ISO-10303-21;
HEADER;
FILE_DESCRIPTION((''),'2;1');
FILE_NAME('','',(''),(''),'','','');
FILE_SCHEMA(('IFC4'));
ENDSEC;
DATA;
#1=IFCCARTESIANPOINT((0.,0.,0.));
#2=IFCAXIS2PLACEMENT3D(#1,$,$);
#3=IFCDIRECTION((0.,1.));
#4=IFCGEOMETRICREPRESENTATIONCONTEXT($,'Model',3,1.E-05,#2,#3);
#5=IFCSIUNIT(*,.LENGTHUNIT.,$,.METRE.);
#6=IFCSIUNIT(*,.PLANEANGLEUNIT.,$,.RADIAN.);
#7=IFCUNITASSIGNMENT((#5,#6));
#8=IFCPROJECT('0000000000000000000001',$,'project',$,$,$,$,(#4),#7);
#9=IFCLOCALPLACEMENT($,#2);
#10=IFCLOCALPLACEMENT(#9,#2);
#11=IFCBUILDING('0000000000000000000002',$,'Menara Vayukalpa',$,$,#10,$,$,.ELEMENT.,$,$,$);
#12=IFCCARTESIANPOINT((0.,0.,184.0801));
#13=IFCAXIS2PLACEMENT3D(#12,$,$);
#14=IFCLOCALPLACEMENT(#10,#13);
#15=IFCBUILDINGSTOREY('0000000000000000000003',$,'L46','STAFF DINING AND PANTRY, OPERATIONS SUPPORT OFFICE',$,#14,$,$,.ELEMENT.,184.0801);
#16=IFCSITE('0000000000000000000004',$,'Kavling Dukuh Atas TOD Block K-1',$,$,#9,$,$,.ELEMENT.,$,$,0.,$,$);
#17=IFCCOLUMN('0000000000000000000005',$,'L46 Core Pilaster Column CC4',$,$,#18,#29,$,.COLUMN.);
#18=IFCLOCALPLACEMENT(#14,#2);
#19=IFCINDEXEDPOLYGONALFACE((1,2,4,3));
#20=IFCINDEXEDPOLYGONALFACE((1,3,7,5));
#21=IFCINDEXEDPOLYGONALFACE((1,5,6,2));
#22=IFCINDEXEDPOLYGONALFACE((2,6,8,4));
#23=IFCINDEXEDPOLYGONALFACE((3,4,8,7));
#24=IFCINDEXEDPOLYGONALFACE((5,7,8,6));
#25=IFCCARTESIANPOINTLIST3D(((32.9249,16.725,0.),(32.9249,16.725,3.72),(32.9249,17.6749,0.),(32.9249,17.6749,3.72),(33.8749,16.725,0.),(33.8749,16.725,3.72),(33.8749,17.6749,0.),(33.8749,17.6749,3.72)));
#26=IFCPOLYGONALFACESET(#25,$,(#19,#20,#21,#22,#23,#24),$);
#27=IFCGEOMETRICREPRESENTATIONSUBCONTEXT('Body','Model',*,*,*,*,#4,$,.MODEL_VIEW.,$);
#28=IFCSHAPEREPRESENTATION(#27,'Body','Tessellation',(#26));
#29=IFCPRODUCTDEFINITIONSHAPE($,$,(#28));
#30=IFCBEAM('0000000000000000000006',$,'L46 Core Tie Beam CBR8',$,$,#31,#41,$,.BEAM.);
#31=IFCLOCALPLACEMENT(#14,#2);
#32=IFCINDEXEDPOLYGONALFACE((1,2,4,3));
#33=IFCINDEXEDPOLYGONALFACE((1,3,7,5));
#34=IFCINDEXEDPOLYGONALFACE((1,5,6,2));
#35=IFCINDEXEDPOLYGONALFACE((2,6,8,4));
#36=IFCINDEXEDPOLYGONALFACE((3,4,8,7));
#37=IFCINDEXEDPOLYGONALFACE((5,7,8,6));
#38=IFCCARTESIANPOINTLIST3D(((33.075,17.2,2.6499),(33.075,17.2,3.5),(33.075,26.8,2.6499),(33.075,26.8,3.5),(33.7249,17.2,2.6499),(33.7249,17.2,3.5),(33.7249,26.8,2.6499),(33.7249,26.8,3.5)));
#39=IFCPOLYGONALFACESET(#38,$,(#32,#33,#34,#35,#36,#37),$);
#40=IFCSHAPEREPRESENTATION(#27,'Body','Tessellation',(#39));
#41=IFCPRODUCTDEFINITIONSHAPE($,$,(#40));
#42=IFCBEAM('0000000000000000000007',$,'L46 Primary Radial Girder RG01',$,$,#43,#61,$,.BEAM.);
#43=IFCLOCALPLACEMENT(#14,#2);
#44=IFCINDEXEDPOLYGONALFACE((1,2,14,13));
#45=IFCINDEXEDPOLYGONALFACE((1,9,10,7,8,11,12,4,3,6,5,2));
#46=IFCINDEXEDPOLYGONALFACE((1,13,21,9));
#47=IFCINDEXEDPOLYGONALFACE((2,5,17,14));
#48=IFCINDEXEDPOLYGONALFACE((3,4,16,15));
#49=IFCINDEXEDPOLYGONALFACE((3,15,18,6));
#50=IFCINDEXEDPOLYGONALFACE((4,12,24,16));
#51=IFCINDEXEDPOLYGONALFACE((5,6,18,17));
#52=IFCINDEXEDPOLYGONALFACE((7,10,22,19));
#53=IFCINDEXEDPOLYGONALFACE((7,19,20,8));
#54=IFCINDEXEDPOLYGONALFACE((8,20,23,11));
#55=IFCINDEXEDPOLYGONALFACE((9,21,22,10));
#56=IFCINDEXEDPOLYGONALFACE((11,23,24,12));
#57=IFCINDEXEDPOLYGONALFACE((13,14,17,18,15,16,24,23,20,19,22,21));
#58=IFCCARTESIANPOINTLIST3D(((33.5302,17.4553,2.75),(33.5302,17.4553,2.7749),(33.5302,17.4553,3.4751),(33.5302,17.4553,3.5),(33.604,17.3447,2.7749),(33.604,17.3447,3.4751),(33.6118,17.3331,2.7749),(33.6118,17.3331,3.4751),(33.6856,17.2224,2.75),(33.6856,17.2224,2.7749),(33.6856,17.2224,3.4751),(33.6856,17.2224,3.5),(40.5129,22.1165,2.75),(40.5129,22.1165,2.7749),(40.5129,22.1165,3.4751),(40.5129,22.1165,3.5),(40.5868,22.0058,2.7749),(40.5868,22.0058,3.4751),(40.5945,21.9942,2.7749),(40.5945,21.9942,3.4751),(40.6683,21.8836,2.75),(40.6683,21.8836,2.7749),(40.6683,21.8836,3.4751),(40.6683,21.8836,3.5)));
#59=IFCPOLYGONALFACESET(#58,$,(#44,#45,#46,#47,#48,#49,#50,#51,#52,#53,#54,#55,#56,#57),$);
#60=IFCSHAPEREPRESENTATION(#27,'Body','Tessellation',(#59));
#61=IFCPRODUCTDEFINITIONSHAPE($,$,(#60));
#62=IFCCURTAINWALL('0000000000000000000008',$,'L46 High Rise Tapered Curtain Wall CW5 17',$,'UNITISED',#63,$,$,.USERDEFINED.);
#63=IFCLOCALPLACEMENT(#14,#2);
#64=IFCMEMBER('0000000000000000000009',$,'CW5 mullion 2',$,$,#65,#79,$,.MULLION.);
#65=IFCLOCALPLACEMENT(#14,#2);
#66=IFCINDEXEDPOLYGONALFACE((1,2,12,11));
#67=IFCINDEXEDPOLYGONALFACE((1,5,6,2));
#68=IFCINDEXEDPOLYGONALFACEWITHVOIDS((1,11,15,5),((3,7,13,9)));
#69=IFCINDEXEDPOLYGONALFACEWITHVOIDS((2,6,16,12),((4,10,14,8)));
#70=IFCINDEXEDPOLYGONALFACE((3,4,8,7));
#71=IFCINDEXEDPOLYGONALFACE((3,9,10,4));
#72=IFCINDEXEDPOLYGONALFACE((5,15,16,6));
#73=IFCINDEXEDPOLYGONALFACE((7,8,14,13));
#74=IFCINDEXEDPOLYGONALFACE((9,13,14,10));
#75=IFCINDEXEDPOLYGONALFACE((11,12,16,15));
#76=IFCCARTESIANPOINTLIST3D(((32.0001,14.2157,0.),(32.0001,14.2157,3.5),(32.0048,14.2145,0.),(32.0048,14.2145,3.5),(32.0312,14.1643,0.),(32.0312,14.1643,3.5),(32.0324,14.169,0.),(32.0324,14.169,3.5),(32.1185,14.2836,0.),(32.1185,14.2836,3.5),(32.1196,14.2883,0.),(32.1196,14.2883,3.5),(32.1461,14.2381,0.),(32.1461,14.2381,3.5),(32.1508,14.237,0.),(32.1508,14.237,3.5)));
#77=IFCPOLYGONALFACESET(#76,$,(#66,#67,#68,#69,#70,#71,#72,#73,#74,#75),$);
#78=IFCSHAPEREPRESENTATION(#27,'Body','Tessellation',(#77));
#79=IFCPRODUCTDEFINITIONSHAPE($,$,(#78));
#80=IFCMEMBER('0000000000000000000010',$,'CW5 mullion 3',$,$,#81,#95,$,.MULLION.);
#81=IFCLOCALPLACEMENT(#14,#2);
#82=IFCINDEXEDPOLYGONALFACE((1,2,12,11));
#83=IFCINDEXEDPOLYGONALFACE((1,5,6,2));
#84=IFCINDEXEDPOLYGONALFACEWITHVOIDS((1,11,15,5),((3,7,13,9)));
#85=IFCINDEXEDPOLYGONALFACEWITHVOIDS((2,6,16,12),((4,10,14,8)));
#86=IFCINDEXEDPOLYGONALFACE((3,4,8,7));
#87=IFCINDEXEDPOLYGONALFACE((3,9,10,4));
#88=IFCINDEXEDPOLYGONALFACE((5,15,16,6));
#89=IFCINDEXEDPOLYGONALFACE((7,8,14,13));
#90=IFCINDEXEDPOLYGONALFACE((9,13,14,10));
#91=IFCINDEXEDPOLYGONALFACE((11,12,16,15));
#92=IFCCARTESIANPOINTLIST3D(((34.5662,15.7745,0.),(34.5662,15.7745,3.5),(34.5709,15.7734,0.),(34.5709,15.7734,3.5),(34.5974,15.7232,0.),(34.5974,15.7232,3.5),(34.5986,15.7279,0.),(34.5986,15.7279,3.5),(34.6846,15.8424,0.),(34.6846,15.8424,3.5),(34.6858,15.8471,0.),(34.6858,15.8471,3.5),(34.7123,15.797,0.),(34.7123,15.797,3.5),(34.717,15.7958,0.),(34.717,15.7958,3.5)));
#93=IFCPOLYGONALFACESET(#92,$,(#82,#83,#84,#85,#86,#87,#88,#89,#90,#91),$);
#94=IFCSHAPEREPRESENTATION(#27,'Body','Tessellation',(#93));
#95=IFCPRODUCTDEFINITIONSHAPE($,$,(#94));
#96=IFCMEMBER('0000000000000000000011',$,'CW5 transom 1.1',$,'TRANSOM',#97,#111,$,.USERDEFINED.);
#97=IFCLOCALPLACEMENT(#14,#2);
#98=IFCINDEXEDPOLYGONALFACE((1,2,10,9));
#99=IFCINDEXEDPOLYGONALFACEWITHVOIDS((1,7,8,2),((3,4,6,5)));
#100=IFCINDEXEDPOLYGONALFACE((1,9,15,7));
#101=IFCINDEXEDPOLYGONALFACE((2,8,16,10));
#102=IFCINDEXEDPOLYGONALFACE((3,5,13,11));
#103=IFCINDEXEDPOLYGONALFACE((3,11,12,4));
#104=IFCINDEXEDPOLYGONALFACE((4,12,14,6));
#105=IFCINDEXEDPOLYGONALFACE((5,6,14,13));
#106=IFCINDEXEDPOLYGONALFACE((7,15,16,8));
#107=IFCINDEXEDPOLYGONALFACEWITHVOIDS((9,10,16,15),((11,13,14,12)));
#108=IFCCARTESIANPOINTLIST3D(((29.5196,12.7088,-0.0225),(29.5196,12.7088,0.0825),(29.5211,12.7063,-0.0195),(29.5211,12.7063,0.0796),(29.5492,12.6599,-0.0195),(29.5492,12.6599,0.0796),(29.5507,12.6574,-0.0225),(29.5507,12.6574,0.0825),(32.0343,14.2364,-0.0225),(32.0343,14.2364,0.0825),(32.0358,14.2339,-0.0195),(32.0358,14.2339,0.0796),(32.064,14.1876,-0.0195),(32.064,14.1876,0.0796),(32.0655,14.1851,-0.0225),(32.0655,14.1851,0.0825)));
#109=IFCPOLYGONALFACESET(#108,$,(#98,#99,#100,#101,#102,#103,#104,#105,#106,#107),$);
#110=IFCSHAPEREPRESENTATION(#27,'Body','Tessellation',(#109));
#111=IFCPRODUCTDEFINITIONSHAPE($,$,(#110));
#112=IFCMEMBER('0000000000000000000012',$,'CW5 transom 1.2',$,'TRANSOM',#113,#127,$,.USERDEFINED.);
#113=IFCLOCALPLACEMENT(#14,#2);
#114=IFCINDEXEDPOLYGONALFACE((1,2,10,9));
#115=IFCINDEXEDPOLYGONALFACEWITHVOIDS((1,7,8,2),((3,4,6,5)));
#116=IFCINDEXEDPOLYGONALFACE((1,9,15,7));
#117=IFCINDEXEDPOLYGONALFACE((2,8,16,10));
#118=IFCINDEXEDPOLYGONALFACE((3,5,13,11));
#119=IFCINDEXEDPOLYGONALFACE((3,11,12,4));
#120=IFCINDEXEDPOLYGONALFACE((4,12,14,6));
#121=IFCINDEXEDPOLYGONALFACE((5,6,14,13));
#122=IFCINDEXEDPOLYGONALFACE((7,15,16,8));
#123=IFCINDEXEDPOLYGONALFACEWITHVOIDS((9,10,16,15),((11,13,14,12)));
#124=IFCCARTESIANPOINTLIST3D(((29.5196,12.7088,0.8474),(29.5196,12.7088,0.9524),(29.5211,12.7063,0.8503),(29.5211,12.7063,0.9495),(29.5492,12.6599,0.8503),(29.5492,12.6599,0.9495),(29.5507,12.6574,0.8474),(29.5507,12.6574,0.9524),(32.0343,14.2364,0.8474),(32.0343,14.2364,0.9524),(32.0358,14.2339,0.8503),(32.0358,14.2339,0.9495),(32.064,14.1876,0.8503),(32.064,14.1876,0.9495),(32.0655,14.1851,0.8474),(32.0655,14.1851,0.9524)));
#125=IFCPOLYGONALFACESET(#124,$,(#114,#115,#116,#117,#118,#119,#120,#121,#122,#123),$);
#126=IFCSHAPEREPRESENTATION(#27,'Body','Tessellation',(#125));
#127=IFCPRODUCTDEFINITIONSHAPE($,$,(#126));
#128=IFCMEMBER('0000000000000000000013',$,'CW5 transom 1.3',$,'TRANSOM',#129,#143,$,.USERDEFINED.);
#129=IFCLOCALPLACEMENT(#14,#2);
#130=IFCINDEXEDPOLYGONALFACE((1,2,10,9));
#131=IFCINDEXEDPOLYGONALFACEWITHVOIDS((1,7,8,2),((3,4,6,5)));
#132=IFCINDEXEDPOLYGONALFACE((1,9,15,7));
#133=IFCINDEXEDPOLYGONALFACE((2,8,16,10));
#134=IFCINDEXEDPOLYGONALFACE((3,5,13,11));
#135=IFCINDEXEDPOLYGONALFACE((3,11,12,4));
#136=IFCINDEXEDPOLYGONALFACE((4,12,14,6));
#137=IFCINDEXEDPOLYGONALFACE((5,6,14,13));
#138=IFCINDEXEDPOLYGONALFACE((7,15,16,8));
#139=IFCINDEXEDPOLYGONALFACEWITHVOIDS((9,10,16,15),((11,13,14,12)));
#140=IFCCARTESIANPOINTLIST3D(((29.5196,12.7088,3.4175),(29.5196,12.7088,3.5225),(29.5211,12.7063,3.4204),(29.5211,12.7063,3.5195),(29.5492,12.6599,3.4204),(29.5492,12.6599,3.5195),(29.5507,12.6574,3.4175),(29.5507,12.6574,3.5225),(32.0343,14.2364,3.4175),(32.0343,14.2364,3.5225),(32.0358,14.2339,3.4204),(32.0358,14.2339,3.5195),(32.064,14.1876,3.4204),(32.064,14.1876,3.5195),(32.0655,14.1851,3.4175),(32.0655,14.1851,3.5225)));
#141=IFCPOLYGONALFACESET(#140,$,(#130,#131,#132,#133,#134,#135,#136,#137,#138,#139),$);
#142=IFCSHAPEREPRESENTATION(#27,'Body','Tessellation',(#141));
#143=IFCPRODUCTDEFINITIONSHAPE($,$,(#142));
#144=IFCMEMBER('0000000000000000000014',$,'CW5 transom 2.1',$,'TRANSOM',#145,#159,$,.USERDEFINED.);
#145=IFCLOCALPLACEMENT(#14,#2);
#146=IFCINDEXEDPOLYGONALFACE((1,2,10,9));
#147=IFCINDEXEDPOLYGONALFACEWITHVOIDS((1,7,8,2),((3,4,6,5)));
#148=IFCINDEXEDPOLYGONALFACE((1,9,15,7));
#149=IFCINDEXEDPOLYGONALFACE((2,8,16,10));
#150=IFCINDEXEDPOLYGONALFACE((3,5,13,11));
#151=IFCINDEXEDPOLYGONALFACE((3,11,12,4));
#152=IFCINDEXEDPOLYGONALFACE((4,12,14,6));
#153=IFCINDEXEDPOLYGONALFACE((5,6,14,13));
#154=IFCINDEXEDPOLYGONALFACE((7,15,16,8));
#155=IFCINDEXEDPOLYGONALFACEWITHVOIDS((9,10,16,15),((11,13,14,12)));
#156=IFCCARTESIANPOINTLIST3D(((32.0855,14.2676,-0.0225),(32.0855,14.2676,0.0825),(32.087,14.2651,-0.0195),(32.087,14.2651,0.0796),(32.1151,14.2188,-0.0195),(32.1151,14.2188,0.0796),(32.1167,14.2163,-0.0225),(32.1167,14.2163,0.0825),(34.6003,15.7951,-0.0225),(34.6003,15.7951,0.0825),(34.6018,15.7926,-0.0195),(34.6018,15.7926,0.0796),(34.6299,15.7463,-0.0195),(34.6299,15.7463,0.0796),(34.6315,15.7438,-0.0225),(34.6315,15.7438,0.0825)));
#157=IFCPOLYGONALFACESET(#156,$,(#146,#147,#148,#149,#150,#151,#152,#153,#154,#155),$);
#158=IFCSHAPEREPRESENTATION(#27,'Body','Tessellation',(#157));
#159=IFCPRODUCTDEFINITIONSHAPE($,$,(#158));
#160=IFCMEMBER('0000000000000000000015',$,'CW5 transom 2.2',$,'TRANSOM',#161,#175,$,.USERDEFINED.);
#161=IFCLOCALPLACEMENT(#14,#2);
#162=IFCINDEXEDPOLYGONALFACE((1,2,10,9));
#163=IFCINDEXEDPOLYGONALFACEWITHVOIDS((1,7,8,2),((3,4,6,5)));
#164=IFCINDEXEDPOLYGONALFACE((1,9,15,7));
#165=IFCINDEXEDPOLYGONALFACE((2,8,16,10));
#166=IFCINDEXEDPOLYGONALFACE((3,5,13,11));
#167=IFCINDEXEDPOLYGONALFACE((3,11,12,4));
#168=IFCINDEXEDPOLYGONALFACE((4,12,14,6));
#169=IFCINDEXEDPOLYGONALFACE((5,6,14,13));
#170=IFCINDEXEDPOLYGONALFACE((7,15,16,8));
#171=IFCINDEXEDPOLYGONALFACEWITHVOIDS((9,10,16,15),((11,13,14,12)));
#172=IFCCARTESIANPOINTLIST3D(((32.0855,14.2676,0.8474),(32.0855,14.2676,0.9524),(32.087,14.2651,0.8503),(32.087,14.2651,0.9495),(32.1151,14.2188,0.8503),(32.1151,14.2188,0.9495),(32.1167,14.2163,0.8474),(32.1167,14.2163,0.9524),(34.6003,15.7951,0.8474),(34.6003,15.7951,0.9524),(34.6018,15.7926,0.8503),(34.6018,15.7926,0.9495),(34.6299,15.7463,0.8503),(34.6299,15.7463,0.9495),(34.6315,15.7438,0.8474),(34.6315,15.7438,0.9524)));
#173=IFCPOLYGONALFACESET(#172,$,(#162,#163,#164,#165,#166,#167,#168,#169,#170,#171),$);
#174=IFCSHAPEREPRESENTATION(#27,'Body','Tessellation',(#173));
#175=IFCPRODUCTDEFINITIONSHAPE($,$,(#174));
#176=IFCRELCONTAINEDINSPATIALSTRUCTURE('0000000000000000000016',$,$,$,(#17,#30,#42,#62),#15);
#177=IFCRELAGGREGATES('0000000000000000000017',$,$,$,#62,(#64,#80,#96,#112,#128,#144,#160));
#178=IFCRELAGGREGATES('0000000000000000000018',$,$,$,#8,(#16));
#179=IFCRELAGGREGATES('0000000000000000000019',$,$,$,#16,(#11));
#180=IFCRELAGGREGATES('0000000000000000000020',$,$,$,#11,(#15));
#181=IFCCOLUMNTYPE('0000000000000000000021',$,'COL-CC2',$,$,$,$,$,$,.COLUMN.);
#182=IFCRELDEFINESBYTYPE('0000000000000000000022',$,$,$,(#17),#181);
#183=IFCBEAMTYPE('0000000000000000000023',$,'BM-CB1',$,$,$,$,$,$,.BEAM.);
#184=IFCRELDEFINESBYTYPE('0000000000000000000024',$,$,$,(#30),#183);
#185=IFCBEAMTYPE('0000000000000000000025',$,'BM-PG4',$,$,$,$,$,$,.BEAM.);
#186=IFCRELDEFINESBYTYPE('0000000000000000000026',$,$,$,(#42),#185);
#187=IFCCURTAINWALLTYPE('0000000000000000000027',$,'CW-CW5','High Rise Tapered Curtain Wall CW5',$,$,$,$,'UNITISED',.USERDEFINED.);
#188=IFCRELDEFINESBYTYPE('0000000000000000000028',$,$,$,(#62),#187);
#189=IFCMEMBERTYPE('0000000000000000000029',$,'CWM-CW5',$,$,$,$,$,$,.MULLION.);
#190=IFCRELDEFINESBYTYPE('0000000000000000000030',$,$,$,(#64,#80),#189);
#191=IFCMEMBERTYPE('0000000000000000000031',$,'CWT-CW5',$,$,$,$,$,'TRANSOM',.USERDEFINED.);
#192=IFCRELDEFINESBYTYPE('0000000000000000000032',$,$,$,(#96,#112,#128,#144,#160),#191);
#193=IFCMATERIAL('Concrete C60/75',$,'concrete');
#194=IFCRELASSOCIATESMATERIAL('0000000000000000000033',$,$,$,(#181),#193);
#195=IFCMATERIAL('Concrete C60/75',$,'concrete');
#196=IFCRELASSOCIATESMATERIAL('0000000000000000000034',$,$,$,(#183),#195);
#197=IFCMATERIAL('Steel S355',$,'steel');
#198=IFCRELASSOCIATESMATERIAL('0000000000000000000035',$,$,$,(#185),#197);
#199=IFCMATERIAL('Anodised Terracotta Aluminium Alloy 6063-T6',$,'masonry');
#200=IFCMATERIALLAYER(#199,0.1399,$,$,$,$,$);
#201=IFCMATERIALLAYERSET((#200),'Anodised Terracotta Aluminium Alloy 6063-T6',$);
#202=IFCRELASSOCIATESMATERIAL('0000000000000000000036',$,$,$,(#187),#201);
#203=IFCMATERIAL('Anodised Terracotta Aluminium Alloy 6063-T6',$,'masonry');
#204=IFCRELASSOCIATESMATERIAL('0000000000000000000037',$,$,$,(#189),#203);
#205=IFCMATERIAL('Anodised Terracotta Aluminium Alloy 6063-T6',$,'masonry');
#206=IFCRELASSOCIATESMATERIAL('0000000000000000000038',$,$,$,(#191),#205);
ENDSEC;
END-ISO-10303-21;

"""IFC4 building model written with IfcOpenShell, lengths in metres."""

from ifc_helpers import new_model, si_unit, direction, frame, origin, origin_2d, place, context, subcontext, project, spatial, rectangle, hollow_rectangle, i_section, extrude, material, layer, layer_set, material_profile, profile_set, type_object, element, aggregate, save


model = new_model("IFC4")

# Units and contexts
model_context = context("Model", 3, precision=1e-05, world=origin(), true_north=direction((0.0, 1.0)))
body_context = subcontext(model_context, "Body", "Model", "MODEL_VIEW")
ifc_project = project(units=[si_unit("LENGTHUNIT", "METRE"), si_unit("PLANEANGLEUNIT", "RADIAN")], contexts=[model_context])

# Site, building, storey
site_placement = place(None, origin())
site = spatial("IfcSite", under=ifc_project, at=site_placement, Name="Kavling Dukuh Atas TOD Block K-1", CompositionType="ELEMENT", RefElevation=0.0)
building_placement = place(site_placement, origin())
building = spatial("IfcBuilding", under=site, at=building_placement, Name="Menara Vayukalpa", CompositionType="ELEMENT")
storey_placement = place(building_placement, frame((0.0, 0.0, 184.0801)))
storey = spatial("IfcBuildingStorey", under=building, at=storey_placement, Name="L46", Description="STAFF DINING AND PANTRY, OPERATIONS SUPPORT OFFICE", CompositionType="ELEMENT", Elevation=184.0801)

# Column
ifc_material_1 = material(Name="Concrete C60/75", Category="concrete")
ifc_material_profile_1 = material_profile(ifc_material_1, rectangle(XDim=0.95, YDim=0.95, at=origin_2d()), Name="RC 950x950")
ifc_profile_set_1 = profile_set([ifc_material_profile_1], Name="Concrete C60/75")
column_type = type_object("IfcColumnType", Name="COL-CC2", PredefinedType="COLUMN", material=ifc_profile_set_1)
column_placement = place(storey_placement, frame((33.3999, 17.2, 0.0), z_axis=(0.0, 0.0, 1.0), x_axis=(1.0, 0.0, 0.0)))
element("IfcColumn", 1, at=column_placement, inside=storey, type_object=column_type, Name="L46 Core Pilaster Column CC4", PredefinedType="COLUMN", context=body_context, shape_type="SweptSolid", body=[
    extrude(rectangle(XDim=0.95, YDim=0.95, at=origin_2d()), origin(), (0.0, 0.0, 1.0), 3.72),
])

# Beams
ifc_material_2 = material(Name="Concrete C60/75", Category="concrete")
ifc_material_profile_2 = material_profile(ifc_material_2, rectangle(XDim=0.6499, YDim=0.8501, at=origin_2d()), Name="RC 650x850")
ifc_profile_set_2 = profile_set([ifc_material_profile_2], Name="Concrete C60/75")
beam_type_1 = type_object("IfcBeamType", Name="BM-CB1", PredefinedType="BEAM", material=ifc_profile_set_2)
beam_1_placement = place(storey_placement, frame((33.3999, 17.2, 3.075), z_axis=(0.0, 1.0, 0.0), x_axis=(-1.0, 0.0, 0.0)))
element("IfcBeam", 2, at=beam_1_placement, inside=storey, type_object=beam_type_1, Name="L46 Core Tie Beam CBR8", PredefinedType="BEAM", context=body_context, shape_type="SweptSolid", body=[
    extrude(rectangle(XDim=0.6499, YDim=0.8501, at=origin_2d()), origin(), (0.0, 0.0, 1.0), 9.6001),
])
ifc_material_3 = material(Name="Steel S355", Category="steel")
ifc_material_profile_3 = material_profile(ifc_material_3, i_section(OverallWidth=0.28, OverallDepth=0.75, WebThickness=0.0139, FlangeThickness=0.0249, at=origin_2d()), Name="WF 750x280x14x25")
ifc_profile_set_3 = profile_set([ifc_material_profile_3], Name="Steel S355")
beam_type_2 = type_object("IfcBeamType", Name="BM-PG4", PredefinedType="BEAM", material=ifc_profile_set_3)
beam_2_placement = place(storey_placement, frame((33.6079, 17.3389, 3.125), z_axis=(0.831719, 0.555197, 0.0), x_axis=(-0.555197, 0.831719, 0.0)))
element("IfcBeam", 3, at=beam_2_placement, inside=storey, type_object=beam_type_2, Name="L46 Primary Radial Girder RG01", PredefinedType="BEAM", context=body_context, shape_type="SweptSolid", body=[
    extrude(i_section(OverallWidth=0.28, OverallDepth=0.75, WebThickness=0.0139, FlangeThickness=0.0249, at=origin_2d()), origin(), (0.0, 0.0, 1.0), 8.3955),
])

# Curtain wall, members
ifc_material_4 = material(Name="Anodised Terracotta Aluminium Alloy 6063-T6", Category="masonry")
ifc_layer_1 = layer(ifc_material_4, 0.1399)
ifc_layer_set_1 = layer_set([ifc_layer_1], Name="Anodised Terracotta Aluminium Alloy 6063-T6")
curtain_wall_type = type_object("IfcCurtainWallType", Name="CW-CW5", Description="High Rise Tapered Curtain Wall CW5", ElementType="UNITISED", PredefinedType="USERDEFINED", material=ifc_layer_set_1)
curtain_wall_placement = place(storey_placement, origin())
curtain_wall = element("IfcCurtainWall", 4, at=curtain_wall_placement, inside=storey, type_object=curtain_wall_type, Name="L46 High Rise Tapered Curtain Wall CW5 17", ObjectType="UNITISED", PredefinedType="USERDEFINED")
ifc_material_5 = material(Name="Anodised Terracotta Aluminium Alloy 6063-T6", Category="masonry")
ifc_material_profile_4 = material_profile(ifc_material_5, hollow_rectangle(XDim=0.0601, YDim=0.1399, WallThickness=0.0034, at=origin_2d()), Name="ALU 60x140x3.5")
ifc_profile_set_4 = profile_set([ifc_material_profile_4], Name="Anodised Terracotta Aluminium Alloy 6063-T6")
member_type_1 = type_object("IfcMemberType", Name="CWM-CW5", PredefinedType="MULLION", material=ifc_profile_set_4)
member_1_placement = place(storey_placement, frame((32.0754, 14.2263, 0.0), z_axis=(0.0, 0.0, 1.0), x_axis=(-0.51918, 0.854665, 0.0)))
member_1 = element("IfcMember", 5, at=member_1_placement, type_object=member_type_1, Name="CW5 mullion 2", PredefinedType="MULLION", context=body_context, shape_type="SweptSolid", body=[
    extrude(hollow_rectangle(XDim=0.0601, YDim=0.1399, WallThickness=0.0034, at=origin_2d()), origin(), (0.0, 0.0, 1.0), 3.5),
])
member_2_placement = place(storey_placement, frame((34.6416, 15.7852, 0.0), z_axis=(0.0, 0.0, 1.0), x_axis=(-0.51918, 0.854665, 0.0)))
member_2 = element("IfcMember", 6, at=member_2_placement, type_object=member_type_1, Name="CW5 mullion 3", PredefinedType="MULLION", context=body_context, shape_type="SweptSolid", body=[
    extrude(hollow_rectangle(XDim=0.0601, YDim=0.1399, WallThickness=0.0034, at=origin_2d()), origin(), (0.0, 0.0, 1.0), 3.5),
])
ifc_material_6 = material(Name="Anodised Terracotta Aluminium Alloy 6063-T6", Category="masonry")
ifc_material_profile_5 = material_profile(ifc_material_6, hollow_rectangle(XDim=0.0601, YDim=0.105, WallThickness=0.0029, at=origin_2d()), Name="ALU 60x105x3")
ifc_profile_set_5 = profile_set([ifc_material_profile_5], Name="Anodised Terracotta Aluminium Alloy 6063-T6")
member_type_2 = type_object("IfcMemberType", Name="CWT-CW5", ElementType="TRANSOM", PredefinedType="USERDEFINED", material=ifc_profile_set_5)
member_3_placement = place(storey_placement, frame((29.5352, 12.6831, 0.03), z_axis=(0.854661, 0.519186, 0.0), x_axis=(-0.519186, 0.854661, 0.0)))
member_3 = element("IfcMember", 7, at=member_3_placement, type_object=member_type_2, Name="CW5 transom 1.1", ObjectType="TRANSOM", PredefinedType="USERDEFINED", context=body_context, shape_type="SweptSolid", body=[
    extrude(hollow_rectangle(XDim=0.0601, YDim=0.105, WallThickness=0.0029, at=origin_2d()), origin(), (0.0, 0.0, 1.0), 2.9424),
])
member_4_placement = place(storey_placement, frame((29.5352, 12.6831, 0.8999), z_axis=(0.854661, 0.519186, 0.0), x_axis=(-0.519186, 0.854661, 0.0)))
member_4 = element("IfcMember", 8, at=member_4_placement, type_object=member_type_2, Name="CW5 transom 1.2", ObjectType="TRANSOM", PredefinedType="USERDEFINED", context=body_context, shape_type="SweptSolid", body=[
    extrude(hollow_rectangle(XDim=0.0601, YDim=0.105, WallThickness=0.0029, at=origin_2d()), origin(), (0.0, 0.0, 1.0), 2.9424),
])
member_5_placement = place(storey_placement, frame((29.5352, 12.6831, 3.47), z_axis=(0.854661, 0.519186, 0.0), x_axis=(-0.519186, 0.854661, 0.0)))
member_5 = element("IfcMember", 9, at=member_5_placement, type_object=member_type_2, Name="CW5 transom 1.3", ObjectType="TRANSOM", PredefinedType="USERDEFINED", context=body_context, shape_type="SweptSolid", body=[
    extrude(hollow_rectangle(XDim=0.0601, YDim=0.105, WallThickness=0.0029, at=origin_2d()), origin(), (0.0, 0.0, 1.0), 2.9424),
])
member_6_placement = place(storey_placement, frame((32.1011, 14.2419, 0.03), z_axis=(0.854684, 0.519149, 0.0), x_axis=(-0.519149, 0.854684, 0.0)))
member_6 = element("IfcMember", 10, at=member_6_placement, type_object=member_type_2, Name="CW5 transom 2.1", ObjectType="TRANSOM", PredefinedType="USERDEFINED", context=body_context, shape_type="SweptSolid", body=[
    extrude(hollow_rectangle(XDim=0.0601, YDim=0.105, WallThickness=0.0029, at=origin_2d()), origin(), (0.0, 0.0, 1.0), 2.9424),
])
member_7_placement = place(storey_placement, frame((32.1011, 14.2419, 0.8999), z_axis=(0.854684, 0.519149, 0.0), x_axis=(-0.519149, 0.854684, 0.0)))
member_7 = element("IfcMember", 11, at=member_7_placement, type_object=member_type_2, Name="CW5 transom 2.2", ObjectType="TRANSOM", PredefinedType="USERDEFINED", context=body_context, shape_type="SweptSolid", body=[
    extrude(hollow_rectangle(XDim=0.0601, YDim=0.105, WallThickness=0.0029, at=origin_2d()), origin(), (0.0, 0.0, 1.0), 2.9424),
])
aggregate(curtain_wall, [member_1, member_2, member_3, member_4, member_5, member_6, member_7])

save(model, "model.ifc")
